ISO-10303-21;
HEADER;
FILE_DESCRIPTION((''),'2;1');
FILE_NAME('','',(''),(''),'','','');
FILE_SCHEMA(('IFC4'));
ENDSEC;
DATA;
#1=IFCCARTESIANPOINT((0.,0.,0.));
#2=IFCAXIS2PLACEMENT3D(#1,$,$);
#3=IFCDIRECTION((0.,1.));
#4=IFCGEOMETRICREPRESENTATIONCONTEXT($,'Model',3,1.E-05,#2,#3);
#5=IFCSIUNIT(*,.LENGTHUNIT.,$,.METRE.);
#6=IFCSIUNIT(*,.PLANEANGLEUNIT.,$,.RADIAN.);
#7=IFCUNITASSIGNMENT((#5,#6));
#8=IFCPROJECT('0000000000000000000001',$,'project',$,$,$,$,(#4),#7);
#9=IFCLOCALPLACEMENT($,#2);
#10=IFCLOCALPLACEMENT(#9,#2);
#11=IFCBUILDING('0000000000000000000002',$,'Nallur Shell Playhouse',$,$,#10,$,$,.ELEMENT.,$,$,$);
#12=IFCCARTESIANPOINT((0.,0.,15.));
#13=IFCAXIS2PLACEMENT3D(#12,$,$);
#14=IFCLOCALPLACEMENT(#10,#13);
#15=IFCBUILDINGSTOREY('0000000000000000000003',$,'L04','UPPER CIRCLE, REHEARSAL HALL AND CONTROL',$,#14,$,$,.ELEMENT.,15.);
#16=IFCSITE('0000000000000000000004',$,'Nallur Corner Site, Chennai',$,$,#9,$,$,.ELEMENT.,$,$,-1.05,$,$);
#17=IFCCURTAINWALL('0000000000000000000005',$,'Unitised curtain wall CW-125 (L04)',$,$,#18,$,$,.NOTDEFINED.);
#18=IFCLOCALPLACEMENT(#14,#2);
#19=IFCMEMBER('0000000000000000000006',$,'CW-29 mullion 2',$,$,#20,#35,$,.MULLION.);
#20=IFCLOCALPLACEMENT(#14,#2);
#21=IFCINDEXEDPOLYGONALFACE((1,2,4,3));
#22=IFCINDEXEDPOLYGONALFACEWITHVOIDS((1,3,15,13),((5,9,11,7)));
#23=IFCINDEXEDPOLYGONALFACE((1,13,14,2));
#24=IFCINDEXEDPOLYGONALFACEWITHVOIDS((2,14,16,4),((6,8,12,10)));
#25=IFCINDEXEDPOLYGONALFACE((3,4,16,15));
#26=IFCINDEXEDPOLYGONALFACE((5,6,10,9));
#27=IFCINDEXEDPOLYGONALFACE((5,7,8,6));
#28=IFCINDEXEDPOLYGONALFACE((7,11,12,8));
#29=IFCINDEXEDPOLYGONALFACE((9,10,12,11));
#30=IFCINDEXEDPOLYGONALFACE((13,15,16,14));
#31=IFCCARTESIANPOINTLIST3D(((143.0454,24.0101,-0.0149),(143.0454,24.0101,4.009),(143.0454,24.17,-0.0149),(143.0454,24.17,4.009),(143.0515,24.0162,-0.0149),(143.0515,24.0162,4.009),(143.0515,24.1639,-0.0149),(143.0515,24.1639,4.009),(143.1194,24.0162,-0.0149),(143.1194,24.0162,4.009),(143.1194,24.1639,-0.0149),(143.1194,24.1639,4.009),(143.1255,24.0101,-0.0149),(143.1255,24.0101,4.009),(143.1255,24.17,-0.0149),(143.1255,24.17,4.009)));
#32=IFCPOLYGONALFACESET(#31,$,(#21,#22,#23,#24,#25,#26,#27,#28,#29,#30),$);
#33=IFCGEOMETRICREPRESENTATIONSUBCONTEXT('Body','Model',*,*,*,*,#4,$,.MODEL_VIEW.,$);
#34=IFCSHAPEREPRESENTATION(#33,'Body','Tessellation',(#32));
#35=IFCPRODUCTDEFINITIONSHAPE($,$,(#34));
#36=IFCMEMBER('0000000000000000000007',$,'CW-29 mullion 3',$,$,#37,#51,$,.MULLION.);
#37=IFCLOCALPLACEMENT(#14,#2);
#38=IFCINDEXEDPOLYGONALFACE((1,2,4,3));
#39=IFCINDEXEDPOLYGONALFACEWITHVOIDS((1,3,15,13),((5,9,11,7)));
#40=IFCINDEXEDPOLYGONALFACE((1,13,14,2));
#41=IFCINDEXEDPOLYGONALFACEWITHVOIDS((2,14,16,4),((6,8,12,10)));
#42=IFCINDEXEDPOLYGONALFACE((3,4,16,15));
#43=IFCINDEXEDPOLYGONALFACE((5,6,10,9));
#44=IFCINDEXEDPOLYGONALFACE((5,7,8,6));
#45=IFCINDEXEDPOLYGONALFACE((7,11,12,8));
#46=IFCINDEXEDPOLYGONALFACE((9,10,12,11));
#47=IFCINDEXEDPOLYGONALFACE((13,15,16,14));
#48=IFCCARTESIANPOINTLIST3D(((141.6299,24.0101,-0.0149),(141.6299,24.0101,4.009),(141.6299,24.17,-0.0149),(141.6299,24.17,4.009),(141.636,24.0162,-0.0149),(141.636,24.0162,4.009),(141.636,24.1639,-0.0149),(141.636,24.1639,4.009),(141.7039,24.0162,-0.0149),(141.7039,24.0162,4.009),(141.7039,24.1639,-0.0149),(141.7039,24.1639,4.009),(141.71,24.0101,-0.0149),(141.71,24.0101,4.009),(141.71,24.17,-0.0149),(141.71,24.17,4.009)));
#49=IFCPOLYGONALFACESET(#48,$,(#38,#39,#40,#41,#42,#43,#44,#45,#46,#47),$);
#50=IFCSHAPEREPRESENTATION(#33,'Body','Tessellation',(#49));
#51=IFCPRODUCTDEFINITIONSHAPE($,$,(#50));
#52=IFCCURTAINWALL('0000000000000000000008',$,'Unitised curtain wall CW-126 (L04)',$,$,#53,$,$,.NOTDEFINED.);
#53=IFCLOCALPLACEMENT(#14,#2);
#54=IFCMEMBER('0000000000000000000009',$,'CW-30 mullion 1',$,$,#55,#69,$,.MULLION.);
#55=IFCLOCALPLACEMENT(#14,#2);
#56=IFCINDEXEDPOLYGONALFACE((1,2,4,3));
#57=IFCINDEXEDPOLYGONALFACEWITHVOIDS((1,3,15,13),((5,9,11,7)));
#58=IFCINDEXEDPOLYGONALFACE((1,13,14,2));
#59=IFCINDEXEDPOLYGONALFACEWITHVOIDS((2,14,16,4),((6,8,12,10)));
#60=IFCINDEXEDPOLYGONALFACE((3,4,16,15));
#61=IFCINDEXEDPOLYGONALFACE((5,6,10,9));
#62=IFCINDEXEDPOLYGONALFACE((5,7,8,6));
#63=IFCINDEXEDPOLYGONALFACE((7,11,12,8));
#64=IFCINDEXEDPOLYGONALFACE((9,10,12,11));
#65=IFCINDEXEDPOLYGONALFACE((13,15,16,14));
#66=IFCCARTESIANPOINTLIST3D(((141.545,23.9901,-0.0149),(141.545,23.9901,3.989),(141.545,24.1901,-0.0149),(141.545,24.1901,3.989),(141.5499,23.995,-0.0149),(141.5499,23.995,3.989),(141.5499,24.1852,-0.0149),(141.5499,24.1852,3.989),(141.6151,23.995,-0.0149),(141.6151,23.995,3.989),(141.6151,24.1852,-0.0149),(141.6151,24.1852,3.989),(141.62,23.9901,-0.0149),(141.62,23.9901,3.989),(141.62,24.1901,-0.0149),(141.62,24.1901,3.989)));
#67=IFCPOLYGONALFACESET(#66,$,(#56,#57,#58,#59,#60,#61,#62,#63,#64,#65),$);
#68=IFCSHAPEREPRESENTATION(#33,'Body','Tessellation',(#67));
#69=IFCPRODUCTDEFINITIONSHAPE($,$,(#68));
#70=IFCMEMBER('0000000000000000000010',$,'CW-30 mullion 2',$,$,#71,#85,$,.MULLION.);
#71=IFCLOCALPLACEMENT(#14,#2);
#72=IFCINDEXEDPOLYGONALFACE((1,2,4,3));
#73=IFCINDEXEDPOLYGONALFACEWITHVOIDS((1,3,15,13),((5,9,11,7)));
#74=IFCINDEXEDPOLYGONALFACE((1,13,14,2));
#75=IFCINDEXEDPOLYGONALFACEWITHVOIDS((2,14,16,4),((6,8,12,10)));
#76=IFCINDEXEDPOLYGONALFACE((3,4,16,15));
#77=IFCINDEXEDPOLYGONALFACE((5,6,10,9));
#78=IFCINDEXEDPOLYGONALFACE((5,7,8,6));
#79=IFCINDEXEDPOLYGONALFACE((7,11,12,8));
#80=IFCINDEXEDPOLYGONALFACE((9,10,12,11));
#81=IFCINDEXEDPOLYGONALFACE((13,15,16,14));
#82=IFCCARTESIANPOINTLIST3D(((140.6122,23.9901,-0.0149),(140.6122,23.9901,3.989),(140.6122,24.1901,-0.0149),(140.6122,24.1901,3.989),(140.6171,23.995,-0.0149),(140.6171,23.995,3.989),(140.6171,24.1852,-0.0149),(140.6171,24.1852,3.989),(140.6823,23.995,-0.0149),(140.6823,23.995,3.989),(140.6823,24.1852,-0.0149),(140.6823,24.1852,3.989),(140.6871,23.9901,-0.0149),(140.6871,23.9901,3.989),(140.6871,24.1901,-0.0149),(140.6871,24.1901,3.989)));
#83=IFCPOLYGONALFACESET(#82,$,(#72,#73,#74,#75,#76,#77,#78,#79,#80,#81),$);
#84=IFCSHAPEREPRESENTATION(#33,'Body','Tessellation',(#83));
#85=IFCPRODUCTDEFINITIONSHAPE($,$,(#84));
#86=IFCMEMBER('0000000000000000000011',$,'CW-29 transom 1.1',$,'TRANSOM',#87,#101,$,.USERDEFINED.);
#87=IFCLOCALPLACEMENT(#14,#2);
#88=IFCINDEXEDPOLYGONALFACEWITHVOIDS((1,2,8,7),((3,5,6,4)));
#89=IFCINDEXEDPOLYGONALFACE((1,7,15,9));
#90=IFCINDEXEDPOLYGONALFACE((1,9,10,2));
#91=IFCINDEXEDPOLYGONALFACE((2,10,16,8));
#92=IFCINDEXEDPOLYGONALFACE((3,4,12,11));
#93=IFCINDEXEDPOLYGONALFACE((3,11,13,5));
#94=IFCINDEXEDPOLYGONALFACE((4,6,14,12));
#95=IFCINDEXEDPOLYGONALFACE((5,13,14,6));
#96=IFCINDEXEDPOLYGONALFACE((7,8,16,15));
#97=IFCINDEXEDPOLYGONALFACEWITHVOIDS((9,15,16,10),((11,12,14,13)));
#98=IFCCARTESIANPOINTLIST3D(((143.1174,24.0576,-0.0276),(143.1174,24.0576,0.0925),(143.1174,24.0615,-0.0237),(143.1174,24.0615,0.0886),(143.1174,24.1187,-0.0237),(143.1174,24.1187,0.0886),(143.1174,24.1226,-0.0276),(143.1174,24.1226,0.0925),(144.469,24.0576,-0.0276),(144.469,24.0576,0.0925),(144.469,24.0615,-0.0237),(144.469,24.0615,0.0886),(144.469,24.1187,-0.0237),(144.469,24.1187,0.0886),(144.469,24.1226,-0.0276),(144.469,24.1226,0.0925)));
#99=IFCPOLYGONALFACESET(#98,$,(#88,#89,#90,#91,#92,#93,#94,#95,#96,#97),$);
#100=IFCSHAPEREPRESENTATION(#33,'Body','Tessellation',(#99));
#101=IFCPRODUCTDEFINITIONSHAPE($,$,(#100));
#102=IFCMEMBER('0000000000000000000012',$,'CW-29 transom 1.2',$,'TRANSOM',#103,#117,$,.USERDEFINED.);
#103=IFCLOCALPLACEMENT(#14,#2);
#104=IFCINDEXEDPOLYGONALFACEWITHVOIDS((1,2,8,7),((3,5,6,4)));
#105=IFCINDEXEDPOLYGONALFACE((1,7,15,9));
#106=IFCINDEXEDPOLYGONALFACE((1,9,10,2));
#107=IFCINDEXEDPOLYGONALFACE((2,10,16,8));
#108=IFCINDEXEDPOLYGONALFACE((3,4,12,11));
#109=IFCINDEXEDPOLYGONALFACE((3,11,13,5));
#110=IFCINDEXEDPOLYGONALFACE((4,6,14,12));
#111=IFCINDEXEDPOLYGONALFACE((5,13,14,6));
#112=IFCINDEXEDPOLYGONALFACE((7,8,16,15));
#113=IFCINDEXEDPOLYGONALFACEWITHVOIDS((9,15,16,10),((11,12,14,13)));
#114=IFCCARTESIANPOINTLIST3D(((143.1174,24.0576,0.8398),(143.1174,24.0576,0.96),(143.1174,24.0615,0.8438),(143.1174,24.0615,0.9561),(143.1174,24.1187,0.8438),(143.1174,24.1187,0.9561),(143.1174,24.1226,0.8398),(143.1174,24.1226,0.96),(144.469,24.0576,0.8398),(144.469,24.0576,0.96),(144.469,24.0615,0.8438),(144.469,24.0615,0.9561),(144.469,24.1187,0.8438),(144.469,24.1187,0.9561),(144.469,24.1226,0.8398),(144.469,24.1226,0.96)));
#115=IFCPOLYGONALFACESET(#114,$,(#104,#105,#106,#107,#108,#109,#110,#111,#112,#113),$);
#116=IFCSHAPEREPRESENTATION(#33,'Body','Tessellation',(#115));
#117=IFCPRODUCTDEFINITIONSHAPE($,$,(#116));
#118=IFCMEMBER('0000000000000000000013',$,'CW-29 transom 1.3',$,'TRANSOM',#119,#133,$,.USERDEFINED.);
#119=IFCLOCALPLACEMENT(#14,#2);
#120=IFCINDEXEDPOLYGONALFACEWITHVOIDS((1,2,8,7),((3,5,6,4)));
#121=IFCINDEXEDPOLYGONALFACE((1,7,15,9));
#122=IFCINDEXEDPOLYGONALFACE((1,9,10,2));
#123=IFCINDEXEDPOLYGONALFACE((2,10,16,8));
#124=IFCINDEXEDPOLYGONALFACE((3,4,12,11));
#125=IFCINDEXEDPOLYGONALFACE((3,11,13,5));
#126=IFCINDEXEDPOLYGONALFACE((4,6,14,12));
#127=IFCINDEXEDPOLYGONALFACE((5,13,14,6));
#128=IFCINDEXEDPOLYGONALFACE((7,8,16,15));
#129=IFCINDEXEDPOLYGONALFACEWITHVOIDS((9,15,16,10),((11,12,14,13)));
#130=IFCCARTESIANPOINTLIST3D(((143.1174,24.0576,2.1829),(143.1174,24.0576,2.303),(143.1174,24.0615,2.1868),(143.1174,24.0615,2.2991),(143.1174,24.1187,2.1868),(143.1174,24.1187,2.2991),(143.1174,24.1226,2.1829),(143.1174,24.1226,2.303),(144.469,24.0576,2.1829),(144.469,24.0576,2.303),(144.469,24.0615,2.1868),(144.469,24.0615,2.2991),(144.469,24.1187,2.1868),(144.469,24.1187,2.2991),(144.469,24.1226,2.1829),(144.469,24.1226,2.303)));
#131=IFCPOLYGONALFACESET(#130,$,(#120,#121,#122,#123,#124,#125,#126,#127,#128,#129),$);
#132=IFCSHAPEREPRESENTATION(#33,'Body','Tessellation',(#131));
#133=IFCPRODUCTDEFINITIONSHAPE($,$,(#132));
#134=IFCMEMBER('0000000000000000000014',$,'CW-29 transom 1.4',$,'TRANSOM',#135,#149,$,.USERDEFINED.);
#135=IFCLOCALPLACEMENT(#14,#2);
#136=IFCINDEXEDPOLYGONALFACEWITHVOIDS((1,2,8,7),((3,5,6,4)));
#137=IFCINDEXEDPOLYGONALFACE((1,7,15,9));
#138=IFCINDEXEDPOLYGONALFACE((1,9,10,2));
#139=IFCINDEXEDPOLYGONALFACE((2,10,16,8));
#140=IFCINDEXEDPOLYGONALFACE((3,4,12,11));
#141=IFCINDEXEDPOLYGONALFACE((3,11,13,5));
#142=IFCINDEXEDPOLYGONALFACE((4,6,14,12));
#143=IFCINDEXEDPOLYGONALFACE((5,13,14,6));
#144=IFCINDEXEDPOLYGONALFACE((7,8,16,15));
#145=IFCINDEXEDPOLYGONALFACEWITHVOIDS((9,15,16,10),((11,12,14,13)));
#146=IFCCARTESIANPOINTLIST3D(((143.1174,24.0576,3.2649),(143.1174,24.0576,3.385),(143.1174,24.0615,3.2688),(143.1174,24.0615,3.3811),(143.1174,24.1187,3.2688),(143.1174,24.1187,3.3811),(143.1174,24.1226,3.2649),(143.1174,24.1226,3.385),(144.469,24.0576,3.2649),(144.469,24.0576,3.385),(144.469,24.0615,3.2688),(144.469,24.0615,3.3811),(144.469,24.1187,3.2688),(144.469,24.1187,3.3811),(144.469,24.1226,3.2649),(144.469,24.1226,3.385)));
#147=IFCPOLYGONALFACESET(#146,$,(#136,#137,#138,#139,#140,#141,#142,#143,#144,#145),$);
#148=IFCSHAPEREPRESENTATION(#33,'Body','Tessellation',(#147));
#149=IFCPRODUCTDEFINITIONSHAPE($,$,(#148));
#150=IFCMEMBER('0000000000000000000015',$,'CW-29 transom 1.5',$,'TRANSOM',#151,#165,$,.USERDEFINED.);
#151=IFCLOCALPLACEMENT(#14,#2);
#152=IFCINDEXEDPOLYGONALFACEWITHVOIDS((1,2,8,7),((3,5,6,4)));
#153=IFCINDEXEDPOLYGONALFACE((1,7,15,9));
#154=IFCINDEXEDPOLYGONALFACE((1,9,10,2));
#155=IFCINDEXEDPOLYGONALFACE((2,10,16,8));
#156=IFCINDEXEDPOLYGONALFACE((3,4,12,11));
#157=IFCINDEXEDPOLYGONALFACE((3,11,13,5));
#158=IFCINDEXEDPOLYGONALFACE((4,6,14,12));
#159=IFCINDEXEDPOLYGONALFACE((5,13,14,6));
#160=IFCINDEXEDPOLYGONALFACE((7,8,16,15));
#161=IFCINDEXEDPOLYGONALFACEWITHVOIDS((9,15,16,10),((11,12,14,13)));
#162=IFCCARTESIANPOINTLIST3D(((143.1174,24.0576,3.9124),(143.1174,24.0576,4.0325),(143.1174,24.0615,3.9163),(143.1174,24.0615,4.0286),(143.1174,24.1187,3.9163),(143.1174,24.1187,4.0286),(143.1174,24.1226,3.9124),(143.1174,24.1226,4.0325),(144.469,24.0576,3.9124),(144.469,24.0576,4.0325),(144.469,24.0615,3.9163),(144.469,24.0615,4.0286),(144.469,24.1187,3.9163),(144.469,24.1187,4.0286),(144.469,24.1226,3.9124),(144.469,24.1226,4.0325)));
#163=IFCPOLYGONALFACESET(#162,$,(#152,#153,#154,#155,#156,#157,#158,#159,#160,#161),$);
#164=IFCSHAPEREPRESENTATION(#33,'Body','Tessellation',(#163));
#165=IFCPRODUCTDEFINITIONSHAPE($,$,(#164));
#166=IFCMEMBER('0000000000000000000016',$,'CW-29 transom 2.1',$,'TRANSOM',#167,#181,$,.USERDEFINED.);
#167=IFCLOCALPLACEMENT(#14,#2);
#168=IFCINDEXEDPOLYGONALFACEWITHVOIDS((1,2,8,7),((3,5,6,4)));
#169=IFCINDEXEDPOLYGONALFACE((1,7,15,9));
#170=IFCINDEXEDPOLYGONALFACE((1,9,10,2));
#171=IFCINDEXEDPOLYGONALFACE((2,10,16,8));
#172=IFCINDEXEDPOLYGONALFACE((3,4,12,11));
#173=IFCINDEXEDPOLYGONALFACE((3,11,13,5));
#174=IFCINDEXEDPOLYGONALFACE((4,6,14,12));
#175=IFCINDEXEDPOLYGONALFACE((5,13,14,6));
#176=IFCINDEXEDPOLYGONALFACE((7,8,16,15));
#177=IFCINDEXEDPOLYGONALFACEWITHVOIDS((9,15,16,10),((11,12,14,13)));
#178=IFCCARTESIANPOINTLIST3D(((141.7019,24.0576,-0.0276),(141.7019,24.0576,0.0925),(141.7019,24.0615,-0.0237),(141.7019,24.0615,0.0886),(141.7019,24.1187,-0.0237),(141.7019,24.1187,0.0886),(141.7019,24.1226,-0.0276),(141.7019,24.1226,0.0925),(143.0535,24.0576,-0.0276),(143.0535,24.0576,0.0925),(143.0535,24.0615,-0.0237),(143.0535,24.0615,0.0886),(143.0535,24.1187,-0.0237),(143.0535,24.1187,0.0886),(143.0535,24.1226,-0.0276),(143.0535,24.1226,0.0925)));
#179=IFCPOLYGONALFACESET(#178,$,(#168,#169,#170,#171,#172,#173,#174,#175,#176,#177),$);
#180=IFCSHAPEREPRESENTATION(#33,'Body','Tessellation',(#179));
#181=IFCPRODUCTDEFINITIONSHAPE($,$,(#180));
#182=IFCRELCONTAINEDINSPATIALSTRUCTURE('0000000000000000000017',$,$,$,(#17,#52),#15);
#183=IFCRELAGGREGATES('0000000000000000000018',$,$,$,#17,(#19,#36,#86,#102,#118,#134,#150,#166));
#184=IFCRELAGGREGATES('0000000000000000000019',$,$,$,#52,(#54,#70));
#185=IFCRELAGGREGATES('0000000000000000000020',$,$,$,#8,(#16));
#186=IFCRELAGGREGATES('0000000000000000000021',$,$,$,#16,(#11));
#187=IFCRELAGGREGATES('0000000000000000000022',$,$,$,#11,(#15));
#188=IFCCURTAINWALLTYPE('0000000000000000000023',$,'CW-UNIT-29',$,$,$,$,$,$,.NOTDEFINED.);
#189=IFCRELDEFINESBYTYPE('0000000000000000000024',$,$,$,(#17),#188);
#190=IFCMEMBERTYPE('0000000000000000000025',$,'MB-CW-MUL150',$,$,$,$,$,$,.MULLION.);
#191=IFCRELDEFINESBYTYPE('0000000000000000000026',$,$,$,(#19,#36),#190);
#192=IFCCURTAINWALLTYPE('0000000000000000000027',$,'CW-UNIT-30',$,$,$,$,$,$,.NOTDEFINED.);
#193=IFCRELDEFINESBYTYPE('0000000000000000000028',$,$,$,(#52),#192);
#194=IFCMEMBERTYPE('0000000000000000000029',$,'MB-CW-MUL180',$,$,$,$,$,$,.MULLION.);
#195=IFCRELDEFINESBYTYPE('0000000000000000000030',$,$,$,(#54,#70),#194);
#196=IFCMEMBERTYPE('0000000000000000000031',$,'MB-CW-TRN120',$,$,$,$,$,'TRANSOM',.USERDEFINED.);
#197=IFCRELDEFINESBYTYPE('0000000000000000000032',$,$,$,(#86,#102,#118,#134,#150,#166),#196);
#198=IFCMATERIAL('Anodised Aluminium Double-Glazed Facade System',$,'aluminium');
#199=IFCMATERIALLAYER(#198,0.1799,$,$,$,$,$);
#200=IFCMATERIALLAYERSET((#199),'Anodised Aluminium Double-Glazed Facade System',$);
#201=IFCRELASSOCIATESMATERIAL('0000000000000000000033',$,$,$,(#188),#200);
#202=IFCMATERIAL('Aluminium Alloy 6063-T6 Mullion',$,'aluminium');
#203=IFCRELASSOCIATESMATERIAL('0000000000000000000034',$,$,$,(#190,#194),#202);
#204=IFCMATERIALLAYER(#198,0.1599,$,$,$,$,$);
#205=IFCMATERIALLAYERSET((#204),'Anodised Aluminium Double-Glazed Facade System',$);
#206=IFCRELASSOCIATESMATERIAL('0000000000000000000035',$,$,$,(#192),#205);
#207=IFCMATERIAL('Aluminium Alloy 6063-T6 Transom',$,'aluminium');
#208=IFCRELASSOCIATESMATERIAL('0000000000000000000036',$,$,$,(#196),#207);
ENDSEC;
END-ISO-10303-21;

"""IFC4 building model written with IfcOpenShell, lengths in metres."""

from ifc_helpers import new_model, si_unit, direction, frame, origin, origin_2d, place, context, subcontext, project, spatial, hollow_rectangle, extrude, material, layer, layer_set, material_profile, profile_set, type_object, element, aggregate, save


model = new_model("IFC4")

# Units and contexts
model_context = context("Model", 3, precision=1e-05, world=origin(), true_north=direction((0.0, 1.0)))
body_context = subcontext(model_context, "Body", "Model", "MODEL_VIEW")
ifc_project = project(units=[si_unit("LENGTHUNIT", "METRE"), si_unit("PLANEANGLEUNIT", "RADIAN")], contexts=[model_context])

# Site, building, storey
site_placement = place(None, origin())
site = spatial("IfcSite", under=ifc_project, at=site_placement, Name="Nallur Corner Site, Chennai", CompositionType="ELEMENT", RefElevation=-1.05)
building_placement = place(site_placement, origin())
building = spatial("IfcBuilding", under=site, at=building_placement, Name="Nallur Shell Playhouse", CompositionType="ELEMENT")
storey_placement = place(building_placement, frame((0.0, 0.0, 15.0)))
storey = spatial("IfcBuildingStorey", under=building, at=storey_placement, Name="L04", Description="UPPER CIRCLE, REHEARSAL HALL AND CONTROL", CompositionType="ELEMENT", Elevation=15.0)

# Curtain walls, members
ifc_material_1 = material(Name="Anodised Aluminium Double-Glazed Facade System", Category="aluminium")
ifc_layer_1 = layer(ifc_material_1, 0.1799)
ifc_layer_set_1 = layer_set([ifc_layer_1], Name="Anodised Aluminium Double-Glazed Facade System")
curtain_wall_type_1 = type_object("IfcCurtainWallType", Name="CW-UNIT-29", PredefinedType="NOTDEFINED", material=ifc_layer_set_1)
curtain_wall_1_placement = place(storey_placement, origin())
curtain_wall_1 = element("IfcCurtainWall", 1, at=curtain_wall_1_placement, inside=storey, type_object=curtain_wall_type_1, Name="Unitised curtain wall CW-125 (L04)", PredefinedType="NOTDEFINED")
ifc_material_2 = material(Name="Aluminium Alloy 6063-T6 Mullion", Category="aluminium")
ifc_material_profile_1 = material_profile(ifc_material_2, hollow_rectangle(XDim=0.0801, YDim=0.1599, WallThickness=0.0061, at=origin_2d()), Name="RHS 160x80x6")
ifc_profile_set_1 = profile_set([ifc_material_profile_1], Name="Aluminium Alloy 6063-T6 Mullion")
member_type_1 = type_object("IfcMemberType", Name="MB-CW-MUL150", PredefinedType="MULLION", material=ifc_profile_set_1)
member_1_placement = place(storey_placement, frame((143.0854, 24.0901, -0.0149), z_axis=(0.0, 0.0, 1.0), x_axis=(-1.0, 0.0, 0.0)))
member_1 = element("IfcMember", 2, at=member_1_placement, type_object=member_type_1, Name="CW-29 mullion 2", PredefinedType="MULLION", context=body_context, shape_type="SweptSolid", body=[
    extrude(hollow_rectangle(XDim=0.0801, YDim=0.1599, WallThickness=0.0061, at=origin_2d()), origin(), (0.0, 0.0, 1.0), 4.0239),
])
member_2_placement = place(storey_placement, frame((141.6699, 24.0901, -0.0149), z_axis=(0.0, 0.0, 1.0), x_axis=(-1.0, 0.0, 0.0)))
member_2 = element("IfcMember", 3, at=member_2_placement, type_object=member_type_1, Name="CW-29 mullion 3", PredefinedType="MULLION", context=body_context, shape_type="SweptSolid", body=[
    extrude(hollow_rectangle(XDim=0.0801, YDim=0.1599, WallThickness=0.0061, at=origin_2d()), origin(), (0.0, 0.0, 1.0), 4.0239),
])
ifc_layer_2 = layer(ifc_material_1, 0.1599)
ifc_layer_set_2 = layer_set([ifc_layer_2], Name="Anodised Aluminium Double-Glazed Facade System")
curtain_wall_type_2 = type_object("IfcCurtainWallType", Name="CW-UNIT-30", PredefinedType="NOTDEFINED", material=ifc_layer_set_2)
curtain_wall_2_placement = place(storey_placement, origin())
curtain_wall_2 = element("IfcCurtainWall", 4, at=curtain_wall_2_placement, inside=storey, type_object=curtain_wall_type_2, Name="Unitised curtain wall CW-126 (L04)", PredefinedType="NOTDEFINED")
ifc_material_profile_2 = material_profile(ifc_material_2, hollow_rectangle(XDim=0.075, YDim=0.2, WallThickness=0.0049, at=origin_2d()), Name="ALU 75x200x5")
ifc_profile_set_2 = profile_set([ifc_material_profile_2], Name="Aluminium Alloy 6063-T6 Mullion")
member_type_2 = type_object("IfcMemberType", Name="MB-CW-MUL180", PredefinedType="MULLION", material=ifc_profile_set_2)
member_3_placement = place(storey_placement, frame((141.5825, 24.0901, -0.0149), z_axis=(0.0, 0.0, 1.0), x_axis=(-1.0, 0.0, 0.0)))
member_3 = element("IfcMember", 5, at=member_3_placement, type_object=member_type_2, Name="CW-30 mullion 1", PredefinedType="MULLION", context=body_context, shape_type="SweptSolid", body=[
    extrude(hollow_rectangle(XDim=0.075, YDim=0.2, WallThickness=0.0049, at=origin_2d()), origin(), (0.0, 0.0, 1.0), 4.0039),
])
member_4_placement = place(storey_placement, frame((140.6497, 24.0901, -0.0149), z_axis=(0.0, 0.0, 1.0), x_axis=(-1.0, 0.0, 0.0)))
member_4 = element("IfcMember", 6, at=member_4_placement, type_object=member_type_2, Name="CW-30 mullion 2", PredefinedType="MULLION", context=body_context, shape_type="SweptSolid", body=[
    extrude(hollow_rectangle(XDim=0.075, YDim=0.2, WallThickness=0.0049, at=origin_2d()), origin(), (0.0, 0.0, 1.0), 4.0039),
])

# Members
ifc_material_3 = material(Name="Aluminium Alloy 6063-T6 Transom", Category="aluminium")
ifc_material_profile_3 = material_profile(ifc_material_3, hollow_rectangle(XDim=0.0649, YDim=0.1201, WallThickness=0.0039, at=origin_2d()), Name="ALU 65x120x4")
ifc_profile_set_3 = profile_set([ifc_material_profile_3], Name="Aluminium Alloy 6063-T6 Transom")
member_type_3 = type_object("IfcMemberType", Name="MB-CW-TRN120", ElementType="TRANSOM", PredefinedType="USERDEFINED", material=ifc_profile_set_3)
member_5_placement = place(storey_placement, frame((144.469, 24.0901, 0.0325), z_axis=(-1.0, 0.0, 0.0), x_axis=(0.0, -1.0, 0.0)))
member_5 = element("IfcMember", 7, at=member_5_placement, type_object=member_type_3, Name="CW-29 transom 1.1", ObjectType="TRANSOM", PredefinedType="USERDEFINED", context=body_context, shape_type="SweptSolid", body=[
    extrude(hollow_rectangle(XDim=0.0649, YDim=0.1201, WallThickness=0.0039, at=origin_2d()), origin(), (0.0, 0.0, 1.0), 1.3516),
])
member_6_placement = place(storey_placement, frame((144.469, 24.0901, 0.8999), z_axis=(-1.0, 0.0, 0.0), x_axis=(0.0, -1.0, 0.0)))
member_6 = element("IfcMember", 8, at=member_6_placement, type_object=member_type_3, Name="CW-29 transom 1.2", ObjectType="TRANSOM", PredefinedType="USERDEFINED", context=body_context, shape_type="SweptSolid", body=[
    extrude(hollow_rectangle(XDim=0.0649, YDim=0.1201, WallThickness=0.0039, at=origin_2d()), origin(), (0.0, 0.0, 1.0), 1.3516),
])
member_7_placement = place(storey_placement, frame((144.469, 24.0901, 2.2429), z_axis=(-1.0, 0.0, 0.0), x_axis=(0.0, -1.0, 0.0)))
member_7 = element("IfcMember", 9, at=member_7_placement, type_object=member_type_3, Name="CW-29 transom 1.3", ObjectType="TRANSOM", PredefinedType="USERDEFINED", context=body_context, shape_type="SweptSolid", body=[
    extrude(hollow_rectangle(XDim=0.0649, YDim=0.1201, WallThickness=0.0039, at=origin_2d()), origin(), (0.0, 0.0, 1.0), 1.3516),
])
member_8_placement = place(storey_placement, frame((144.469, 24.0901, 3.325), z_axis=(-1.0, 0.0, 0.0), x_axis=(0.0, -1.0, 0.0)))
member_8 = element("IfcMember", 10, at=member_8_placement, type_object=member_type_3, Name="CW-29 transom 1.4", ObjectType="TRANSOM", PredefinedType="USERDEFINED", context=body_context, shape_type="SweptSolid", body=[
    extrude(hollow_rectangle(XDim=0.0649, YDim=0.1201, WallThickness=0.0039, at=origin_2d()), origin(), (0.0, 0.0, 1.0), 1.3516),
])
member_9_placement = place(storey_placement, frame((144.469, 24.0901, 3.9724), z_axis=(-1.0, 0.0, 0.0), x_axis=(0.0, -1.0, 0.0)))
member_9 = element("IfcMember", 11, at=member_9_placement, type_object=member_type_3, Name="CW-29 transom 1.5", ObjectType="TRANSOM", PredefinedType="USERDEFINED", context=body_context, shape_type="SweptSolid", body=[
    extrude(hollow_rectangle(XDim=0.0649, YDim=0.1201, WallThickness=0.0039, at=origin_2d()), origin(), (0.0, 0.0, 1.0), 1.3516),
])
member_10_placement = place(storey_placement, frame((143.0535, 24.0901, 0.0325), z_axis=(-1.0, 0.0, 0.0), x_axis=(0.0, -1.0, 0.0)))
member_10 = element("IfcMember", 12, at=member_10_placement, type_object=member_type_3, Name="CW-29 transom 2.1", ObjectType="TRANSOM", PredefinedType="USERDEFINED", context=body_context, shape_type="SweptSolid", body=[
    extrude(hollow_rectangle(XDim=0.0649, YDim=0.1201, WallThickness=0.0039, at=origin_2d()), origin(), (0.0, 0.0, 1.0), 1.3516),
])

aggregate(curtain_wall_1, [member_1, member_2, member_5, member_6, member_7, member_8, member_9, member_10])
aggregate(curtain_wall_2, [member_3, member_4])

save(model, "model.ifc")
